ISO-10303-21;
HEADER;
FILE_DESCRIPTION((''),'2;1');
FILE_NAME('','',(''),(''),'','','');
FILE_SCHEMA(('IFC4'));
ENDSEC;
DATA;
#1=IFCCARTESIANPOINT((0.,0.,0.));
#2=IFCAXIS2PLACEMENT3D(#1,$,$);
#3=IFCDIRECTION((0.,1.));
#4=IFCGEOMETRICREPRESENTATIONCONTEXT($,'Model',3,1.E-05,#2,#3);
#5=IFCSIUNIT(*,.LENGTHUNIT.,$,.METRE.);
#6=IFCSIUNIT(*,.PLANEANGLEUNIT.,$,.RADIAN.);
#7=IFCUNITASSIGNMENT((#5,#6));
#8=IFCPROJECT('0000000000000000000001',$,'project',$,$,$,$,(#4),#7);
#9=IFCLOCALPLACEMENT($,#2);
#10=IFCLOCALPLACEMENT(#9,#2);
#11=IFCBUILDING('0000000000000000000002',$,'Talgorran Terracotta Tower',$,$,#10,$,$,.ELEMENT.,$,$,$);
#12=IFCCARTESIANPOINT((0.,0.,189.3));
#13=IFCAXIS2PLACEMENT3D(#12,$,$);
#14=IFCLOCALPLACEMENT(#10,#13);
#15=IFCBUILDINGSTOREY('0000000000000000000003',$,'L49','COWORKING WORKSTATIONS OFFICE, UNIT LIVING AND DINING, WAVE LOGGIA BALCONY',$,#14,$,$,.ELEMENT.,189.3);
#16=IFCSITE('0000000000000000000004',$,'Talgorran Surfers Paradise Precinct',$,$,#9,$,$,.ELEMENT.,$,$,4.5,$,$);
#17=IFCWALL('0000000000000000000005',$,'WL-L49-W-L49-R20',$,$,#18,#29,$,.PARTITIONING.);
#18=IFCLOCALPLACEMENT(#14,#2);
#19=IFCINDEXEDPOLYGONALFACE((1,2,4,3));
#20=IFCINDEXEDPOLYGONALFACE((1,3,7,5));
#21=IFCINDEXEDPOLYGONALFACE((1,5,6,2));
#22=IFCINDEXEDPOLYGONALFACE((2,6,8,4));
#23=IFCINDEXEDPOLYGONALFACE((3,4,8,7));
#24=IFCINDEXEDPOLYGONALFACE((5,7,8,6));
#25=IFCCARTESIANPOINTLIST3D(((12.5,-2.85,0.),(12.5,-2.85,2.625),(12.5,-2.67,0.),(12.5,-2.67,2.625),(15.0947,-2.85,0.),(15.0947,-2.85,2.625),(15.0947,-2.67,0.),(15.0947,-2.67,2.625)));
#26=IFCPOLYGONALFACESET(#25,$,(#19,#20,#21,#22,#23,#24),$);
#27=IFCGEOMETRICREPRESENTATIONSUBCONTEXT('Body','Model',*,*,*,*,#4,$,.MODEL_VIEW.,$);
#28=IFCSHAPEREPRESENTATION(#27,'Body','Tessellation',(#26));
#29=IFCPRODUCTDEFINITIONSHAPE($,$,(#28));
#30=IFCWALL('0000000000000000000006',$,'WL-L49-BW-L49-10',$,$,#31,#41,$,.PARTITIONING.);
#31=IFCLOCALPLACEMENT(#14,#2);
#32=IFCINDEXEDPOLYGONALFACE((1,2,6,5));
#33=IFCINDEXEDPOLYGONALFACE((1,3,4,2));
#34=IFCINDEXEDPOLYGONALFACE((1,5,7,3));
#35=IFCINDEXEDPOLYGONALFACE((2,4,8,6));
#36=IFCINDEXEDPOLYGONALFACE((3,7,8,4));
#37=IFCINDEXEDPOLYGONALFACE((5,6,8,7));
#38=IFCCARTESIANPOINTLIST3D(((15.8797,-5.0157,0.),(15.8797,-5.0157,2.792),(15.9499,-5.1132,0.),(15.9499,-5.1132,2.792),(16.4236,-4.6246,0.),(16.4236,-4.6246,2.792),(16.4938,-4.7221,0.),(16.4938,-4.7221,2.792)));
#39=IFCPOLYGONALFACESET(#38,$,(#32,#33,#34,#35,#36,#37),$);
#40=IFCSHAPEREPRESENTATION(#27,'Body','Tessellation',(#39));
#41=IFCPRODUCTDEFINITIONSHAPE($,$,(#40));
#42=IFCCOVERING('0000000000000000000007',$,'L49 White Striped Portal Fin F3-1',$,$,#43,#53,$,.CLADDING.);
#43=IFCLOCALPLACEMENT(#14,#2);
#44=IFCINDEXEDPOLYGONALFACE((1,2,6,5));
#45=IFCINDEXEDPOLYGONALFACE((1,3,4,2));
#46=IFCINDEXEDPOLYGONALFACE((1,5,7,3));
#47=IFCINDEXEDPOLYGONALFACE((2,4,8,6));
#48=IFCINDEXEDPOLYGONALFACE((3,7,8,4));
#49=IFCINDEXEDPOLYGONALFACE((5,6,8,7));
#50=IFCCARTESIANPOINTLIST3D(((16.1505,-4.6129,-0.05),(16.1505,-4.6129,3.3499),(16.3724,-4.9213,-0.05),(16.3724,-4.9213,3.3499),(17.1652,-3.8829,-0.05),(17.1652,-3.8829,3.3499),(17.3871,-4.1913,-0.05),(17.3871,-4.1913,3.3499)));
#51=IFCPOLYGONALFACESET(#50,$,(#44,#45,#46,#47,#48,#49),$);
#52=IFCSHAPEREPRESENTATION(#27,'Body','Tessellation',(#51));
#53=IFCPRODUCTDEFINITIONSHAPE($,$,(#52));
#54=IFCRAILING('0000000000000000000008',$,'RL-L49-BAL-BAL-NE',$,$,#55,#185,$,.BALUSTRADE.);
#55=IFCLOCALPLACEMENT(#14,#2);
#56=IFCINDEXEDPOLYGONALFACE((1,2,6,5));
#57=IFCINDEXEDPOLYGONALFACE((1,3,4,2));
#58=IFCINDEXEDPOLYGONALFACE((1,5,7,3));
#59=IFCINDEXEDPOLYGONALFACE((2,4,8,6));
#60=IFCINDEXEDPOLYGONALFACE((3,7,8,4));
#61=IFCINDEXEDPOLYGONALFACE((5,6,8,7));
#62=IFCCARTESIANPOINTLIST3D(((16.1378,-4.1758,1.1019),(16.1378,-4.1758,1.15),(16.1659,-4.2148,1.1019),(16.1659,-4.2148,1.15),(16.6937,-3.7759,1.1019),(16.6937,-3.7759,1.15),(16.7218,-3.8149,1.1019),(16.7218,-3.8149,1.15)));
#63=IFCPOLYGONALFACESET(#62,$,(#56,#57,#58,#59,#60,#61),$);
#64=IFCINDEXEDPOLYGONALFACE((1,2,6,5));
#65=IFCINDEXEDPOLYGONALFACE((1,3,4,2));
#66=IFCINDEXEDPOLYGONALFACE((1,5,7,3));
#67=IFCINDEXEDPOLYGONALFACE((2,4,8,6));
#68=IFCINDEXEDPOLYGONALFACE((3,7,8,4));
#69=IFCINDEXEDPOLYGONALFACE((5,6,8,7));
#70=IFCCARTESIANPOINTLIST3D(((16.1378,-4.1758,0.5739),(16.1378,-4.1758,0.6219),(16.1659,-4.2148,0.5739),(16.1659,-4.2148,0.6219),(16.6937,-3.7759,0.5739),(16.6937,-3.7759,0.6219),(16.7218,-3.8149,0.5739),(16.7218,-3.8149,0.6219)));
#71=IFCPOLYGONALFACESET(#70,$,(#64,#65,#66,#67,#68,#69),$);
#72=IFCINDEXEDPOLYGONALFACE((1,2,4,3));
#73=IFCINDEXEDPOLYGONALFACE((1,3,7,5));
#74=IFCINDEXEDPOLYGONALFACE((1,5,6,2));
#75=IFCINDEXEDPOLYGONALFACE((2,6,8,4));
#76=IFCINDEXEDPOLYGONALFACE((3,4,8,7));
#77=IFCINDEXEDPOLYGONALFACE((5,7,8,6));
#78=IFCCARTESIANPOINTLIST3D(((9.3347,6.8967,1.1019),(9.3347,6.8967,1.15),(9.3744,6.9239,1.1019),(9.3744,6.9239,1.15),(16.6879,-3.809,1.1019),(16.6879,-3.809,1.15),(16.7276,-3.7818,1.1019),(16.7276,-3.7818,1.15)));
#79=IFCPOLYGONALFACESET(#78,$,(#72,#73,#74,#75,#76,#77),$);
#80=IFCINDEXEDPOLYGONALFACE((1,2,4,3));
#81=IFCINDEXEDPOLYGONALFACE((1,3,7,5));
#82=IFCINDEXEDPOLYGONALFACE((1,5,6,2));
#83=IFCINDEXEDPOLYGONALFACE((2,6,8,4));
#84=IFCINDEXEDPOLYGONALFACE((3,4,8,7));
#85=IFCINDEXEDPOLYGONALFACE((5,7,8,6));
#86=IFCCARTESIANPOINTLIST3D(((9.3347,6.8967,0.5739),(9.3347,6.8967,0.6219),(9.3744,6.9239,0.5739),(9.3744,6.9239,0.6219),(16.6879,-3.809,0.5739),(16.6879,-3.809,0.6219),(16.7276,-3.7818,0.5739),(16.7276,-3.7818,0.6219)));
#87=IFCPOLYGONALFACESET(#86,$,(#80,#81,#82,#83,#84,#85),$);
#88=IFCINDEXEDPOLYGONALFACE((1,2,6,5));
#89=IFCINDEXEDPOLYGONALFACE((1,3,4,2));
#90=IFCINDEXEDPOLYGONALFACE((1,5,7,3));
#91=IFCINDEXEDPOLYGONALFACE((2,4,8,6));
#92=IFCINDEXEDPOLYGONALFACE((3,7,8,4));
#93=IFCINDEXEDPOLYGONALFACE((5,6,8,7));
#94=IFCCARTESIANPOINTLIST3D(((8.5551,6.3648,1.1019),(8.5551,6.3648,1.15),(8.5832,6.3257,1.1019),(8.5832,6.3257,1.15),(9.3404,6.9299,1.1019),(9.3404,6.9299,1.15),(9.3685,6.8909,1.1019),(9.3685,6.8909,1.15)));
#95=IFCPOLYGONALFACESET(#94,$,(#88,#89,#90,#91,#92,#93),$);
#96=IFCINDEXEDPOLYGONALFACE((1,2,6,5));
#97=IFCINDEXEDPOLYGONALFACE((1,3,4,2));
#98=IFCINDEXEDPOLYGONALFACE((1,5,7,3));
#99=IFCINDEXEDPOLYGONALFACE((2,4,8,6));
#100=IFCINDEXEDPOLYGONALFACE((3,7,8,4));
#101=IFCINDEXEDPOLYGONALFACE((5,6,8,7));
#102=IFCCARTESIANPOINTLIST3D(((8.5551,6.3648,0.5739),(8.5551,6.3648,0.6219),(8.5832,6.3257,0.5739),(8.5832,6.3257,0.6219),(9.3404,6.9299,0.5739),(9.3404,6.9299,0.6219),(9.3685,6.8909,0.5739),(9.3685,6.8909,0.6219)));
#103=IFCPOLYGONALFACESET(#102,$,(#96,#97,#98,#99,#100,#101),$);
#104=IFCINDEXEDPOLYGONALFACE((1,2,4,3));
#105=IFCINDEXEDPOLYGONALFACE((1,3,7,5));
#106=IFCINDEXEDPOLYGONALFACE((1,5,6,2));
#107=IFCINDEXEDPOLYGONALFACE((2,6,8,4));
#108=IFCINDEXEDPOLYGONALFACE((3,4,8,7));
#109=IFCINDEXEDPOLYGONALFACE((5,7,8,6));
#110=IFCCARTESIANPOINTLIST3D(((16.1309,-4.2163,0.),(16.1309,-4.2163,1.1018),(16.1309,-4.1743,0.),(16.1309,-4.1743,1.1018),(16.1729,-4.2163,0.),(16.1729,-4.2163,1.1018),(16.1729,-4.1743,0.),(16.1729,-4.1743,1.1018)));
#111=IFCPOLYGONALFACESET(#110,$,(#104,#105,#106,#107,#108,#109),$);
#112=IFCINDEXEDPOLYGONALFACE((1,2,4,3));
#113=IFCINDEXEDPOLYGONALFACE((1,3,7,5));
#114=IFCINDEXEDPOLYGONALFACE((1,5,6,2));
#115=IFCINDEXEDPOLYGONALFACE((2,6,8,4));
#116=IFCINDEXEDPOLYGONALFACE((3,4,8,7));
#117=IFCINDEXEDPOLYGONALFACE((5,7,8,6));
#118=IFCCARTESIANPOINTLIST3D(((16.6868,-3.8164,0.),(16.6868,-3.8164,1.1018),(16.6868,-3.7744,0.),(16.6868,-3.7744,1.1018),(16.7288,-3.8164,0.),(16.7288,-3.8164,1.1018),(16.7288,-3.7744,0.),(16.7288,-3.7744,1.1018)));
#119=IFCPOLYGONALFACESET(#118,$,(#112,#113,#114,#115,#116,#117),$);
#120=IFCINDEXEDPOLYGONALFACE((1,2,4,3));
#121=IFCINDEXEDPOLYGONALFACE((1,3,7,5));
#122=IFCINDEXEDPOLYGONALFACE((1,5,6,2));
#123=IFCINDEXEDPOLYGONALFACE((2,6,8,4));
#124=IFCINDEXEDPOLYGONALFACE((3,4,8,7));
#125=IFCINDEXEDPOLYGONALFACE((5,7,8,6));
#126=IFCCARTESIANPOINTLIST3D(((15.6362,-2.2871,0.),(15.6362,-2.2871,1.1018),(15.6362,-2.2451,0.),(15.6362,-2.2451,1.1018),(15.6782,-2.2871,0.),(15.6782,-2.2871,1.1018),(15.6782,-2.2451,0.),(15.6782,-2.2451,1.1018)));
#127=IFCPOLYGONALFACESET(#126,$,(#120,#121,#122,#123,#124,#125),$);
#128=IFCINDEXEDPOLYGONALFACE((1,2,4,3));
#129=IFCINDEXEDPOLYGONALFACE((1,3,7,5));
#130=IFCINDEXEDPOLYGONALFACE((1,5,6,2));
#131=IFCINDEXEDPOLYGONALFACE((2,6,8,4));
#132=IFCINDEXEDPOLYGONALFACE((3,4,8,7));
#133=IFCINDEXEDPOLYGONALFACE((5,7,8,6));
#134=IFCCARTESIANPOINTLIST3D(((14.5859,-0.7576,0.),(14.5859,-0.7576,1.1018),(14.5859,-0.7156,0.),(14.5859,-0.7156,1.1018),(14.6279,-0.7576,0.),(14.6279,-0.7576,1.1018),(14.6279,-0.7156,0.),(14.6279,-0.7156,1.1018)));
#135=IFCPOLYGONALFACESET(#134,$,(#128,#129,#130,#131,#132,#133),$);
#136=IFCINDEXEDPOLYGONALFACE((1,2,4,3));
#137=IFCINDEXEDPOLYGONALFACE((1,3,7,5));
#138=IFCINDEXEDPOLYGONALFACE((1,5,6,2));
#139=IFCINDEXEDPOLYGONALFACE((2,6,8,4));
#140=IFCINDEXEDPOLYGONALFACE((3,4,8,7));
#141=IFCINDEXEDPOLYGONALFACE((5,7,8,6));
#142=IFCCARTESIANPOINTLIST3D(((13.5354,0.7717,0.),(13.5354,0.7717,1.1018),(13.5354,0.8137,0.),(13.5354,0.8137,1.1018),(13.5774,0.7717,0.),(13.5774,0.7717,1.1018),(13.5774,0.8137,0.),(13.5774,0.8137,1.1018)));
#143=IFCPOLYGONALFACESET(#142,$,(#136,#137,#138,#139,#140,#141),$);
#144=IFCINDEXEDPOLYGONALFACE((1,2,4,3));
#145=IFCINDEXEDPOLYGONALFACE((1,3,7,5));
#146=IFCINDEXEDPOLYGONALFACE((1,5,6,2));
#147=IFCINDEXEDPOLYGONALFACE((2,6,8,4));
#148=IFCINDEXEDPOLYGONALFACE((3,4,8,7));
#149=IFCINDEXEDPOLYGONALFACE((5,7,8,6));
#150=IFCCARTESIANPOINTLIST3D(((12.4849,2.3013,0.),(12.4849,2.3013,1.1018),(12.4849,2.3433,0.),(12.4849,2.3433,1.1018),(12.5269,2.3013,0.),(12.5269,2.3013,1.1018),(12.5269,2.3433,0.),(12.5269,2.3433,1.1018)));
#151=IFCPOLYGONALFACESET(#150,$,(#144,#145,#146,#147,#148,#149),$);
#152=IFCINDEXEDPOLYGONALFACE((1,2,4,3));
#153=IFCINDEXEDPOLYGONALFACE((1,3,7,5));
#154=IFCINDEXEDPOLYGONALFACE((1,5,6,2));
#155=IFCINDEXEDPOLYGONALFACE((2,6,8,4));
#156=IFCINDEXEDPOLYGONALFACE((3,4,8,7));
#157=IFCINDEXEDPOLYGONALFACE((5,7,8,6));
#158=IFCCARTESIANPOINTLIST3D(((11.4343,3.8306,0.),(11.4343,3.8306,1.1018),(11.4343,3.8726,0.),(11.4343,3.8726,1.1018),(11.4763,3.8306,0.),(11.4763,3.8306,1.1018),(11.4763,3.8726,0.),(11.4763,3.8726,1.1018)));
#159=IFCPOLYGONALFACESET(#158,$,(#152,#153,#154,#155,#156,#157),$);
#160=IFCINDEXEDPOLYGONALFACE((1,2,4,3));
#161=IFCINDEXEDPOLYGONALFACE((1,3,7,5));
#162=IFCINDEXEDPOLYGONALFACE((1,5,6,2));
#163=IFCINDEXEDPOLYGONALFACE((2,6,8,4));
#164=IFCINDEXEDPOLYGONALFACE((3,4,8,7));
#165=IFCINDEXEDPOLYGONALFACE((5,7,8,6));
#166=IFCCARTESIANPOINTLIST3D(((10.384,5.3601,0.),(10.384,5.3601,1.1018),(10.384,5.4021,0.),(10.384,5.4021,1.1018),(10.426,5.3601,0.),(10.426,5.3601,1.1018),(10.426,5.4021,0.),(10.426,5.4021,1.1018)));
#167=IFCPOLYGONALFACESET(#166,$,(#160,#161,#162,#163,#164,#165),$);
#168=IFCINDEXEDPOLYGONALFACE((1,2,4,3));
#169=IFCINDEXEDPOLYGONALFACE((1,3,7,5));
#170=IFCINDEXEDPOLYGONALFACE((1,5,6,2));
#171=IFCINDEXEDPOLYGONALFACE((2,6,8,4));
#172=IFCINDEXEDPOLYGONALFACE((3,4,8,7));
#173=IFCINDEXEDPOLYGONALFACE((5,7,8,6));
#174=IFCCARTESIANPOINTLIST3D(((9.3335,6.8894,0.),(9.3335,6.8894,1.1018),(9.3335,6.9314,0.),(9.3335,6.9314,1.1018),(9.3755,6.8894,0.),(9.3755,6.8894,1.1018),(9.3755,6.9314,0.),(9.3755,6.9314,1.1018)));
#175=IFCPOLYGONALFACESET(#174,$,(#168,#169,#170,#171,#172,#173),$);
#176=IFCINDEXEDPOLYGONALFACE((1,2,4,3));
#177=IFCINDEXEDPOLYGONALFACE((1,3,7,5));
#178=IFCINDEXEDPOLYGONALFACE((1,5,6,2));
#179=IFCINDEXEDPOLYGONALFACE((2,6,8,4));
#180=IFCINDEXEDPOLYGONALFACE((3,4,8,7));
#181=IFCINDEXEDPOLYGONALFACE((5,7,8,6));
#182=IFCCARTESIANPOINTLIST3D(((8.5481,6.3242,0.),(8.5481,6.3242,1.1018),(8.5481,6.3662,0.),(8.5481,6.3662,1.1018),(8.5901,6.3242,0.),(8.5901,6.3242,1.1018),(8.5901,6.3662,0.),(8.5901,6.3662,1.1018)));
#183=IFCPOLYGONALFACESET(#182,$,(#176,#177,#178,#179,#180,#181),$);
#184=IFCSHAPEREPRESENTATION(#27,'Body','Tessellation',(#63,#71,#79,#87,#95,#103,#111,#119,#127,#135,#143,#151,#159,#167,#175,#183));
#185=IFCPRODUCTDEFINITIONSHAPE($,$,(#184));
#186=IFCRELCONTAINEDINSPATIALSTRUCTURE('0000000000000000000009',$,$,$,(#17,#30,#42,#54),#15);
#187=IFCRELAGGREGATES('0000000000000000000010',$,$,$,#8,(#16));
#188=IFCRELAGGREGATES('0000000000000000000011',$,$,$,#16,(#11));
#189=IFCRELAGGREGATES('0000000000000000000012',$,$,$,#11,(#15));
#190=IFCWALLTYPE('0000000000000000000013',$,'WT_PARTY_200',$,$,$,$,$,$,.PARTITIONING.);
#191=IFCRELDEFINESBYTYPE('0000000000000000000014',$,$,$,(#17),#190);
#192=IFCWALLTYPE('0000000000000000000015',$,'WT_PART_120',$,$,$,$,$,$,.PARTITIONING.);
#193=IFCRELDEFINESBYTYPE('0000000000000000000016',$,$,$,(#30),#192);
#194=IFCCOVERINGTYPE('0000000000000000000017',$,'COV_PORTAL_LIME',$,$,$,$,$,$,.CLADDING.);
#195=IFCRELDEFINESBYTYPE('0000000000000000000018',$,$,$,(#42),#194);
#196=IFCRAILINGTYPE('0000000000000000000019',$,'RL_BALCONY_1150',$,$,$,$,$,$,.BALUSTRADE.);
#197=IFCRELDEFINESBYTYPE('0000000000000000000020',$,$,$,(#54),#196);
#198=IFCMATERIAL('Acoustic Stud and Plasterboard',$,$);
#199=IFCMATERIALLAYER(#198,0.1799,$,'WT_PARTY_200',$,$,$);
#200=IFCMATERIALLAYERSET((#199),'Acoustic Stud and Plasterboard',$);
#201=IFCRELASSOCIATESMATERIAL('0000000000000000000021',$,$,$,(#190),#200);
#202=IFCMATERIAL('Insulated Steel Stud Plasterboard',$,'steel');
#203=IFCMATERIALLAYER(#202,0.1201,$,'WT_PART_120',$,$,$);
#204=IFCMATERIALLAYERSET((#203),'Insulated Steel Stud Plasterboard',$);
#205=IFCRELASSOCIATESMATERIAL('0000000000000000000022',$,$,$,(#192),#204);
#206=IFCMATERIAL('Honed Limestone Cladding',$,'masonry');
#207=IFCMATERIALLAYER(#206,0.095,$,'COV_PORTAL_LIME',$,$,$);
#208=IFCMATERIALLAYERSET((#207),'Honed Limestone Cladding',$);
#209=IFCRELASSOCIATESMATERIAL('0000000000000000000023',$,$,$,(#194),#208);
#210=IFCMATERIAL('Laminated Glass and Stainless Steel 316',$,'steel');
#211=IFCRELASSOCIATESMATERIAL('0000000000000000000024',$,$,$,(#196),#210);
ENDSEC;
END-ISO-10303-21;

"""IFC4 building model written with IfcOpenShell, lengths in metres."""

from ifc_helpers import new_model, si_unit, direction, frame, frame_2d, origin, origin_2d, place, context, subcontext, project, spatial, rectangle, extrude, material, layer, layer_set, type_object, element, save


model = new_model("IFC4")

# Units and contexts
model_context = context("Model", 3, precision=1e-05, world=origin(), true_north=direction((0.0, 1.0)))
body_context = subcontext(model_context, "Body", "Model", "MODEL_VIEW")
ifc_project = project(units=[si_unit("LENGTHUNIT", "METRE"), si_unit("PLANEANGLEUNIT", "RADIAN")], contexts=[model_context])

# Site, building, storey
site_placement = place(None, origin())
site = spatial("IfcSite", under=ifc_project, at=site_placement, Name="Talgorran Surfers Paradise Precinct", CompositionType="ELEMENT", RefElevation=4.5)
building_placement = place(site_placement, origin())
building = spatial("IfcBuilding", under=site, at=building_placement, Name="Talgorran Terracotta Tower", CompositionType="ELEMENT")
storey_placement = place(building_placement, frame((0.0, 0.0, 189.3)))
storey = spatial("IfcBuildingStorey", under=building, at=storey_placement, Name="L49", Description="COWORKING WORKSTATIONS OFFICE, UNIT LIVING AND DINING, WAVE LOGGIA BALCONY", CompositionType="ELEMENT", Elevation=189.3)

# Walls
ifc_material_1 = material(Name="Acoustic Stud and Plasterboard")
ifc_layer_1 = layer(ifc_material_1, 0.1799, Name="WT_PARTY_200")
ifc_layer_set_1 = layer_set([ifc_layer_1], Name="Acoustic Stud and Plasterboard")
wall_type_1 = type_object("IfcWallType", Name="WT_PARTY_200", PredefinedType="PARTITIONING", material=ifc_layer_set_1)
wall_1_placement = place(storey_placement, frame((12.5, -2.76, 0.0), z_axis=(0.0, 0.0, 1.0), x_axis=(1.0, 0.0, 0.0)))
element("IfcWall", 1, at=wall_1_placement, inside=storey, type_object=wall_type_1, Name="WL-L49-W-L49-R20", PredefinedType="PARTITIONING", context=body_context, shape_type="SweptSolid", body=[
    extrude(rectangle(XDim=2.5947, YDim=0.1799, at=frame_2d((1.2974, 0.0))), origin(), (0.0, 0.0, 1.0), 2.625),
])
ifc_material_2 = material(Name="Insulated Steel Stud Plasterboard", Category="steel")
ifc_layer_2 = layer(ifc_material_2, 0.1201, Name="WT_PART_120")
ifc_layer_set_2 = layer_set([ifc_layer_2], Name="Insulated Steel Stud Plasterboard")
wall_type_2 = type_object("IfcWallType", Name="WT_PART_120", PredefinedType="PARTITIONING", material=ifc_layer_set_2)
wall_2_placement = place(storey_placement, frame((15.9148, -5.0645, 0.0), z_axis=(0.0, 0.0, 1.0), x_axis=(0.811907, 0.583786, 0.0)))
element("IfcWall", 2, at=wall_2_placement, inside=storey, type_object=wall_type_2, Name="WL-L49-BW-L49-10", PredefinedType="PARTITIONING", context=body_context, shape_type="SweptSolid", body=[
    extrude(rectangle(XDim=0.6699, YDim=0.1201, at=frame_2d((0.335, 0.0))), origin(), (0.0, 0.0, 1.0), 2.792),
])

# Covering
ifc_material_3 = material(Name="Honed Limestone Cladding", Category="masonry")
ifc_layer_3 = layer(ifc_material_3, 0.095, Name="COV_PORTAL_LIME")
ifc_layer_set_3 = layer_set([ifc_layer_3], Name="Honed Limestone Cladding")
covering_type = type_object("IfcCoveringType", Name="COV_PORTAL_LIME", PredefinedType="CLADDING", material=ifc_layer_set_3)
covering_placement = place(storey_placement, frame((16.7688, -4.4021, -0.05), z_axis=(0.0, 0.0, 1.0), x_axis=(-0.583981, 0.811768, 0.0)))
element("IfcCovering", 3, at=covering_placement, inside=storey, type_object=covering_type, Name="L49 White Striped Portal Fin F3-1", PredefinedType="CLADDING", context=body_context, shape_type="SweptSolid", body=[
    extrude(rectangle(XDim=0.3799, YDim=1.25, at=origin_2d()), origin(), (0.0, 0.0, 1.0), 3.3999),
])

# Railing
ifc_material_4 = material(Name="Laminated Glass and Stainless Steel 316", Category="steel")
railing_type = type_object("IfcRailingType", Name="RL_BALCONY_1150", PredefinedType="BALUSTRADE", material=ifc_material_4)
railing_placement = place(storey_placement, frame((16.1519, -4.1953, 0.0)))
element("IfcRailing", 4, at=railing_placement, inside=storey, type_object=railing_type, Name="RL-L49-BAL-BAL-NE", PredefinedType="BALUSTRADE", context=body_context, shape_type="SweptSolid", body=[
    extrude(rectangle(XDim=0.0481, YDim=0.0481, at=origin_2d()), frame((0.0, 0.0, 1.126), z_axis=(0.811778, 0.583967, 0.0), x_axis=(-0.583967, 0.811778, 0.0)), (0.0, 0.0, 1.0), 0.6848),
    extrude(rectangle(XDim=0.0481, YDim=0.0481, at=origin_2d()), frame((0.0, 0.0, 0.5979), z_axis=(0.811778, 0.583967, 0.0), x_axis=(-0.583967, 0.811778, 0.0)), (0.0, 0.0, 1.0), 0.6848),
    extrude(rectangle(XDim=0.0481, YDim=0.0481, at=origin_2d()), frame((0.5559, 0.3999, 1.126), z_axis=(-0.566164, 0.824292, 0.0), x_axis=(-0.824292, -0.566164, 0.0)), (0.0, 0.0, 1.0), 12.9878),
    extrude(rectangle(XDim=0.0481, YDim=0.0481, at=origin_2d()), frame((0.5559, 0.3999, 0.5979), z_axis=(-0.566164, 0.824292, 0.0), x_axis=(-0.824292, -0.566164, 0.0)), (0.0, 0.0, 1.0), 12.9878),
    extrude(rectangle(XDim=0.0481, YDim=0.0481, at=origin_2d()), frame((-6.7974, 11.1057, 1.126), z_axis=(-0.811683, -0.584099, 0.0), x_axis=(0.584099, -0.811683, 0.0)), (0.0, 0.0, 1.0), 0.9675),
    extrude(rectangle(XDim=0.0481, YDim=0.0481, at=origin_2d()), frame((-6.7974, 11.1057, 0.5979), z_axis=(-0.811683, -0.584099, 0.0), x_axis=(0.584099, -0.811683, 0.0)), (0.0, 0.0, 1.0), 0.9675),
    extrude(rectangle(XDim=0.042, YDim=0.042, at=origin_2d()), origin(), (0.0, 0.0, 1.0), 1.1018),
    extrude(rectangle(XDim=0.042, YDim=0.042, at=origin_2d()), frame((0.5559, 0.3999, 0.0)), (0.0, 0.0, 1.0), 1.1018),
    extrude(rectangle(XDim=0.042, YDim=0.042, at=origin_2d()), frame((-0.4946, 1.9292, 0.0)), (0.0, 0.0, 1.0), 1.1018),
    extrude(rectangle(XDim=0.042, YDim=0.042, at=origin_2d()), frame((-1.5449, 3.4587, 0.0)), (0.0, 0.0, 1.0), 1.1018),
    extrude(rectangle(XDim=0.042, YDim=0.042, at=origin_2d()), frame((-2.5955, 4.988, 0.0)), (0.0, 0.0, 1.0), 1.1018),
    extrude(rectangle(XDim=0.042, YDim=0.042, at=origin_2d()), frame((-3.646, 6.5176, 0.0)), (0.0, 0.0, 1.0), 1.1018),
    extrude(rectangle(XDim=0.042, YDim=0.042, at=origin_2d()), frame((-4.6965, 8.0469, 0.0)), (0.0, 0.0, 1.0), 1.1018),
    extrude(rectangle(XDim=0.042, YDim=0.042, at=origin_2d()), frame((-5.7468, 9.5764, 0.0)), (0.0, 0.0, 1.0), 1.1018),
    extrude(rectangle(XDim=0.042, YDim=0.042, at=origin_2d()), frame((-6.7974, 11.1057, 0.0)), (0.0, 0.0, 1.0), 1.1018),
    extrude(rectangle(XDim=0.042, YDim=0.042, at=origin_2d()), frame((-7.5828, 10.5405, 0.0)), (0.0, 0.0, 1.0), 1.1018),
])

save(model, "model.ifc")
